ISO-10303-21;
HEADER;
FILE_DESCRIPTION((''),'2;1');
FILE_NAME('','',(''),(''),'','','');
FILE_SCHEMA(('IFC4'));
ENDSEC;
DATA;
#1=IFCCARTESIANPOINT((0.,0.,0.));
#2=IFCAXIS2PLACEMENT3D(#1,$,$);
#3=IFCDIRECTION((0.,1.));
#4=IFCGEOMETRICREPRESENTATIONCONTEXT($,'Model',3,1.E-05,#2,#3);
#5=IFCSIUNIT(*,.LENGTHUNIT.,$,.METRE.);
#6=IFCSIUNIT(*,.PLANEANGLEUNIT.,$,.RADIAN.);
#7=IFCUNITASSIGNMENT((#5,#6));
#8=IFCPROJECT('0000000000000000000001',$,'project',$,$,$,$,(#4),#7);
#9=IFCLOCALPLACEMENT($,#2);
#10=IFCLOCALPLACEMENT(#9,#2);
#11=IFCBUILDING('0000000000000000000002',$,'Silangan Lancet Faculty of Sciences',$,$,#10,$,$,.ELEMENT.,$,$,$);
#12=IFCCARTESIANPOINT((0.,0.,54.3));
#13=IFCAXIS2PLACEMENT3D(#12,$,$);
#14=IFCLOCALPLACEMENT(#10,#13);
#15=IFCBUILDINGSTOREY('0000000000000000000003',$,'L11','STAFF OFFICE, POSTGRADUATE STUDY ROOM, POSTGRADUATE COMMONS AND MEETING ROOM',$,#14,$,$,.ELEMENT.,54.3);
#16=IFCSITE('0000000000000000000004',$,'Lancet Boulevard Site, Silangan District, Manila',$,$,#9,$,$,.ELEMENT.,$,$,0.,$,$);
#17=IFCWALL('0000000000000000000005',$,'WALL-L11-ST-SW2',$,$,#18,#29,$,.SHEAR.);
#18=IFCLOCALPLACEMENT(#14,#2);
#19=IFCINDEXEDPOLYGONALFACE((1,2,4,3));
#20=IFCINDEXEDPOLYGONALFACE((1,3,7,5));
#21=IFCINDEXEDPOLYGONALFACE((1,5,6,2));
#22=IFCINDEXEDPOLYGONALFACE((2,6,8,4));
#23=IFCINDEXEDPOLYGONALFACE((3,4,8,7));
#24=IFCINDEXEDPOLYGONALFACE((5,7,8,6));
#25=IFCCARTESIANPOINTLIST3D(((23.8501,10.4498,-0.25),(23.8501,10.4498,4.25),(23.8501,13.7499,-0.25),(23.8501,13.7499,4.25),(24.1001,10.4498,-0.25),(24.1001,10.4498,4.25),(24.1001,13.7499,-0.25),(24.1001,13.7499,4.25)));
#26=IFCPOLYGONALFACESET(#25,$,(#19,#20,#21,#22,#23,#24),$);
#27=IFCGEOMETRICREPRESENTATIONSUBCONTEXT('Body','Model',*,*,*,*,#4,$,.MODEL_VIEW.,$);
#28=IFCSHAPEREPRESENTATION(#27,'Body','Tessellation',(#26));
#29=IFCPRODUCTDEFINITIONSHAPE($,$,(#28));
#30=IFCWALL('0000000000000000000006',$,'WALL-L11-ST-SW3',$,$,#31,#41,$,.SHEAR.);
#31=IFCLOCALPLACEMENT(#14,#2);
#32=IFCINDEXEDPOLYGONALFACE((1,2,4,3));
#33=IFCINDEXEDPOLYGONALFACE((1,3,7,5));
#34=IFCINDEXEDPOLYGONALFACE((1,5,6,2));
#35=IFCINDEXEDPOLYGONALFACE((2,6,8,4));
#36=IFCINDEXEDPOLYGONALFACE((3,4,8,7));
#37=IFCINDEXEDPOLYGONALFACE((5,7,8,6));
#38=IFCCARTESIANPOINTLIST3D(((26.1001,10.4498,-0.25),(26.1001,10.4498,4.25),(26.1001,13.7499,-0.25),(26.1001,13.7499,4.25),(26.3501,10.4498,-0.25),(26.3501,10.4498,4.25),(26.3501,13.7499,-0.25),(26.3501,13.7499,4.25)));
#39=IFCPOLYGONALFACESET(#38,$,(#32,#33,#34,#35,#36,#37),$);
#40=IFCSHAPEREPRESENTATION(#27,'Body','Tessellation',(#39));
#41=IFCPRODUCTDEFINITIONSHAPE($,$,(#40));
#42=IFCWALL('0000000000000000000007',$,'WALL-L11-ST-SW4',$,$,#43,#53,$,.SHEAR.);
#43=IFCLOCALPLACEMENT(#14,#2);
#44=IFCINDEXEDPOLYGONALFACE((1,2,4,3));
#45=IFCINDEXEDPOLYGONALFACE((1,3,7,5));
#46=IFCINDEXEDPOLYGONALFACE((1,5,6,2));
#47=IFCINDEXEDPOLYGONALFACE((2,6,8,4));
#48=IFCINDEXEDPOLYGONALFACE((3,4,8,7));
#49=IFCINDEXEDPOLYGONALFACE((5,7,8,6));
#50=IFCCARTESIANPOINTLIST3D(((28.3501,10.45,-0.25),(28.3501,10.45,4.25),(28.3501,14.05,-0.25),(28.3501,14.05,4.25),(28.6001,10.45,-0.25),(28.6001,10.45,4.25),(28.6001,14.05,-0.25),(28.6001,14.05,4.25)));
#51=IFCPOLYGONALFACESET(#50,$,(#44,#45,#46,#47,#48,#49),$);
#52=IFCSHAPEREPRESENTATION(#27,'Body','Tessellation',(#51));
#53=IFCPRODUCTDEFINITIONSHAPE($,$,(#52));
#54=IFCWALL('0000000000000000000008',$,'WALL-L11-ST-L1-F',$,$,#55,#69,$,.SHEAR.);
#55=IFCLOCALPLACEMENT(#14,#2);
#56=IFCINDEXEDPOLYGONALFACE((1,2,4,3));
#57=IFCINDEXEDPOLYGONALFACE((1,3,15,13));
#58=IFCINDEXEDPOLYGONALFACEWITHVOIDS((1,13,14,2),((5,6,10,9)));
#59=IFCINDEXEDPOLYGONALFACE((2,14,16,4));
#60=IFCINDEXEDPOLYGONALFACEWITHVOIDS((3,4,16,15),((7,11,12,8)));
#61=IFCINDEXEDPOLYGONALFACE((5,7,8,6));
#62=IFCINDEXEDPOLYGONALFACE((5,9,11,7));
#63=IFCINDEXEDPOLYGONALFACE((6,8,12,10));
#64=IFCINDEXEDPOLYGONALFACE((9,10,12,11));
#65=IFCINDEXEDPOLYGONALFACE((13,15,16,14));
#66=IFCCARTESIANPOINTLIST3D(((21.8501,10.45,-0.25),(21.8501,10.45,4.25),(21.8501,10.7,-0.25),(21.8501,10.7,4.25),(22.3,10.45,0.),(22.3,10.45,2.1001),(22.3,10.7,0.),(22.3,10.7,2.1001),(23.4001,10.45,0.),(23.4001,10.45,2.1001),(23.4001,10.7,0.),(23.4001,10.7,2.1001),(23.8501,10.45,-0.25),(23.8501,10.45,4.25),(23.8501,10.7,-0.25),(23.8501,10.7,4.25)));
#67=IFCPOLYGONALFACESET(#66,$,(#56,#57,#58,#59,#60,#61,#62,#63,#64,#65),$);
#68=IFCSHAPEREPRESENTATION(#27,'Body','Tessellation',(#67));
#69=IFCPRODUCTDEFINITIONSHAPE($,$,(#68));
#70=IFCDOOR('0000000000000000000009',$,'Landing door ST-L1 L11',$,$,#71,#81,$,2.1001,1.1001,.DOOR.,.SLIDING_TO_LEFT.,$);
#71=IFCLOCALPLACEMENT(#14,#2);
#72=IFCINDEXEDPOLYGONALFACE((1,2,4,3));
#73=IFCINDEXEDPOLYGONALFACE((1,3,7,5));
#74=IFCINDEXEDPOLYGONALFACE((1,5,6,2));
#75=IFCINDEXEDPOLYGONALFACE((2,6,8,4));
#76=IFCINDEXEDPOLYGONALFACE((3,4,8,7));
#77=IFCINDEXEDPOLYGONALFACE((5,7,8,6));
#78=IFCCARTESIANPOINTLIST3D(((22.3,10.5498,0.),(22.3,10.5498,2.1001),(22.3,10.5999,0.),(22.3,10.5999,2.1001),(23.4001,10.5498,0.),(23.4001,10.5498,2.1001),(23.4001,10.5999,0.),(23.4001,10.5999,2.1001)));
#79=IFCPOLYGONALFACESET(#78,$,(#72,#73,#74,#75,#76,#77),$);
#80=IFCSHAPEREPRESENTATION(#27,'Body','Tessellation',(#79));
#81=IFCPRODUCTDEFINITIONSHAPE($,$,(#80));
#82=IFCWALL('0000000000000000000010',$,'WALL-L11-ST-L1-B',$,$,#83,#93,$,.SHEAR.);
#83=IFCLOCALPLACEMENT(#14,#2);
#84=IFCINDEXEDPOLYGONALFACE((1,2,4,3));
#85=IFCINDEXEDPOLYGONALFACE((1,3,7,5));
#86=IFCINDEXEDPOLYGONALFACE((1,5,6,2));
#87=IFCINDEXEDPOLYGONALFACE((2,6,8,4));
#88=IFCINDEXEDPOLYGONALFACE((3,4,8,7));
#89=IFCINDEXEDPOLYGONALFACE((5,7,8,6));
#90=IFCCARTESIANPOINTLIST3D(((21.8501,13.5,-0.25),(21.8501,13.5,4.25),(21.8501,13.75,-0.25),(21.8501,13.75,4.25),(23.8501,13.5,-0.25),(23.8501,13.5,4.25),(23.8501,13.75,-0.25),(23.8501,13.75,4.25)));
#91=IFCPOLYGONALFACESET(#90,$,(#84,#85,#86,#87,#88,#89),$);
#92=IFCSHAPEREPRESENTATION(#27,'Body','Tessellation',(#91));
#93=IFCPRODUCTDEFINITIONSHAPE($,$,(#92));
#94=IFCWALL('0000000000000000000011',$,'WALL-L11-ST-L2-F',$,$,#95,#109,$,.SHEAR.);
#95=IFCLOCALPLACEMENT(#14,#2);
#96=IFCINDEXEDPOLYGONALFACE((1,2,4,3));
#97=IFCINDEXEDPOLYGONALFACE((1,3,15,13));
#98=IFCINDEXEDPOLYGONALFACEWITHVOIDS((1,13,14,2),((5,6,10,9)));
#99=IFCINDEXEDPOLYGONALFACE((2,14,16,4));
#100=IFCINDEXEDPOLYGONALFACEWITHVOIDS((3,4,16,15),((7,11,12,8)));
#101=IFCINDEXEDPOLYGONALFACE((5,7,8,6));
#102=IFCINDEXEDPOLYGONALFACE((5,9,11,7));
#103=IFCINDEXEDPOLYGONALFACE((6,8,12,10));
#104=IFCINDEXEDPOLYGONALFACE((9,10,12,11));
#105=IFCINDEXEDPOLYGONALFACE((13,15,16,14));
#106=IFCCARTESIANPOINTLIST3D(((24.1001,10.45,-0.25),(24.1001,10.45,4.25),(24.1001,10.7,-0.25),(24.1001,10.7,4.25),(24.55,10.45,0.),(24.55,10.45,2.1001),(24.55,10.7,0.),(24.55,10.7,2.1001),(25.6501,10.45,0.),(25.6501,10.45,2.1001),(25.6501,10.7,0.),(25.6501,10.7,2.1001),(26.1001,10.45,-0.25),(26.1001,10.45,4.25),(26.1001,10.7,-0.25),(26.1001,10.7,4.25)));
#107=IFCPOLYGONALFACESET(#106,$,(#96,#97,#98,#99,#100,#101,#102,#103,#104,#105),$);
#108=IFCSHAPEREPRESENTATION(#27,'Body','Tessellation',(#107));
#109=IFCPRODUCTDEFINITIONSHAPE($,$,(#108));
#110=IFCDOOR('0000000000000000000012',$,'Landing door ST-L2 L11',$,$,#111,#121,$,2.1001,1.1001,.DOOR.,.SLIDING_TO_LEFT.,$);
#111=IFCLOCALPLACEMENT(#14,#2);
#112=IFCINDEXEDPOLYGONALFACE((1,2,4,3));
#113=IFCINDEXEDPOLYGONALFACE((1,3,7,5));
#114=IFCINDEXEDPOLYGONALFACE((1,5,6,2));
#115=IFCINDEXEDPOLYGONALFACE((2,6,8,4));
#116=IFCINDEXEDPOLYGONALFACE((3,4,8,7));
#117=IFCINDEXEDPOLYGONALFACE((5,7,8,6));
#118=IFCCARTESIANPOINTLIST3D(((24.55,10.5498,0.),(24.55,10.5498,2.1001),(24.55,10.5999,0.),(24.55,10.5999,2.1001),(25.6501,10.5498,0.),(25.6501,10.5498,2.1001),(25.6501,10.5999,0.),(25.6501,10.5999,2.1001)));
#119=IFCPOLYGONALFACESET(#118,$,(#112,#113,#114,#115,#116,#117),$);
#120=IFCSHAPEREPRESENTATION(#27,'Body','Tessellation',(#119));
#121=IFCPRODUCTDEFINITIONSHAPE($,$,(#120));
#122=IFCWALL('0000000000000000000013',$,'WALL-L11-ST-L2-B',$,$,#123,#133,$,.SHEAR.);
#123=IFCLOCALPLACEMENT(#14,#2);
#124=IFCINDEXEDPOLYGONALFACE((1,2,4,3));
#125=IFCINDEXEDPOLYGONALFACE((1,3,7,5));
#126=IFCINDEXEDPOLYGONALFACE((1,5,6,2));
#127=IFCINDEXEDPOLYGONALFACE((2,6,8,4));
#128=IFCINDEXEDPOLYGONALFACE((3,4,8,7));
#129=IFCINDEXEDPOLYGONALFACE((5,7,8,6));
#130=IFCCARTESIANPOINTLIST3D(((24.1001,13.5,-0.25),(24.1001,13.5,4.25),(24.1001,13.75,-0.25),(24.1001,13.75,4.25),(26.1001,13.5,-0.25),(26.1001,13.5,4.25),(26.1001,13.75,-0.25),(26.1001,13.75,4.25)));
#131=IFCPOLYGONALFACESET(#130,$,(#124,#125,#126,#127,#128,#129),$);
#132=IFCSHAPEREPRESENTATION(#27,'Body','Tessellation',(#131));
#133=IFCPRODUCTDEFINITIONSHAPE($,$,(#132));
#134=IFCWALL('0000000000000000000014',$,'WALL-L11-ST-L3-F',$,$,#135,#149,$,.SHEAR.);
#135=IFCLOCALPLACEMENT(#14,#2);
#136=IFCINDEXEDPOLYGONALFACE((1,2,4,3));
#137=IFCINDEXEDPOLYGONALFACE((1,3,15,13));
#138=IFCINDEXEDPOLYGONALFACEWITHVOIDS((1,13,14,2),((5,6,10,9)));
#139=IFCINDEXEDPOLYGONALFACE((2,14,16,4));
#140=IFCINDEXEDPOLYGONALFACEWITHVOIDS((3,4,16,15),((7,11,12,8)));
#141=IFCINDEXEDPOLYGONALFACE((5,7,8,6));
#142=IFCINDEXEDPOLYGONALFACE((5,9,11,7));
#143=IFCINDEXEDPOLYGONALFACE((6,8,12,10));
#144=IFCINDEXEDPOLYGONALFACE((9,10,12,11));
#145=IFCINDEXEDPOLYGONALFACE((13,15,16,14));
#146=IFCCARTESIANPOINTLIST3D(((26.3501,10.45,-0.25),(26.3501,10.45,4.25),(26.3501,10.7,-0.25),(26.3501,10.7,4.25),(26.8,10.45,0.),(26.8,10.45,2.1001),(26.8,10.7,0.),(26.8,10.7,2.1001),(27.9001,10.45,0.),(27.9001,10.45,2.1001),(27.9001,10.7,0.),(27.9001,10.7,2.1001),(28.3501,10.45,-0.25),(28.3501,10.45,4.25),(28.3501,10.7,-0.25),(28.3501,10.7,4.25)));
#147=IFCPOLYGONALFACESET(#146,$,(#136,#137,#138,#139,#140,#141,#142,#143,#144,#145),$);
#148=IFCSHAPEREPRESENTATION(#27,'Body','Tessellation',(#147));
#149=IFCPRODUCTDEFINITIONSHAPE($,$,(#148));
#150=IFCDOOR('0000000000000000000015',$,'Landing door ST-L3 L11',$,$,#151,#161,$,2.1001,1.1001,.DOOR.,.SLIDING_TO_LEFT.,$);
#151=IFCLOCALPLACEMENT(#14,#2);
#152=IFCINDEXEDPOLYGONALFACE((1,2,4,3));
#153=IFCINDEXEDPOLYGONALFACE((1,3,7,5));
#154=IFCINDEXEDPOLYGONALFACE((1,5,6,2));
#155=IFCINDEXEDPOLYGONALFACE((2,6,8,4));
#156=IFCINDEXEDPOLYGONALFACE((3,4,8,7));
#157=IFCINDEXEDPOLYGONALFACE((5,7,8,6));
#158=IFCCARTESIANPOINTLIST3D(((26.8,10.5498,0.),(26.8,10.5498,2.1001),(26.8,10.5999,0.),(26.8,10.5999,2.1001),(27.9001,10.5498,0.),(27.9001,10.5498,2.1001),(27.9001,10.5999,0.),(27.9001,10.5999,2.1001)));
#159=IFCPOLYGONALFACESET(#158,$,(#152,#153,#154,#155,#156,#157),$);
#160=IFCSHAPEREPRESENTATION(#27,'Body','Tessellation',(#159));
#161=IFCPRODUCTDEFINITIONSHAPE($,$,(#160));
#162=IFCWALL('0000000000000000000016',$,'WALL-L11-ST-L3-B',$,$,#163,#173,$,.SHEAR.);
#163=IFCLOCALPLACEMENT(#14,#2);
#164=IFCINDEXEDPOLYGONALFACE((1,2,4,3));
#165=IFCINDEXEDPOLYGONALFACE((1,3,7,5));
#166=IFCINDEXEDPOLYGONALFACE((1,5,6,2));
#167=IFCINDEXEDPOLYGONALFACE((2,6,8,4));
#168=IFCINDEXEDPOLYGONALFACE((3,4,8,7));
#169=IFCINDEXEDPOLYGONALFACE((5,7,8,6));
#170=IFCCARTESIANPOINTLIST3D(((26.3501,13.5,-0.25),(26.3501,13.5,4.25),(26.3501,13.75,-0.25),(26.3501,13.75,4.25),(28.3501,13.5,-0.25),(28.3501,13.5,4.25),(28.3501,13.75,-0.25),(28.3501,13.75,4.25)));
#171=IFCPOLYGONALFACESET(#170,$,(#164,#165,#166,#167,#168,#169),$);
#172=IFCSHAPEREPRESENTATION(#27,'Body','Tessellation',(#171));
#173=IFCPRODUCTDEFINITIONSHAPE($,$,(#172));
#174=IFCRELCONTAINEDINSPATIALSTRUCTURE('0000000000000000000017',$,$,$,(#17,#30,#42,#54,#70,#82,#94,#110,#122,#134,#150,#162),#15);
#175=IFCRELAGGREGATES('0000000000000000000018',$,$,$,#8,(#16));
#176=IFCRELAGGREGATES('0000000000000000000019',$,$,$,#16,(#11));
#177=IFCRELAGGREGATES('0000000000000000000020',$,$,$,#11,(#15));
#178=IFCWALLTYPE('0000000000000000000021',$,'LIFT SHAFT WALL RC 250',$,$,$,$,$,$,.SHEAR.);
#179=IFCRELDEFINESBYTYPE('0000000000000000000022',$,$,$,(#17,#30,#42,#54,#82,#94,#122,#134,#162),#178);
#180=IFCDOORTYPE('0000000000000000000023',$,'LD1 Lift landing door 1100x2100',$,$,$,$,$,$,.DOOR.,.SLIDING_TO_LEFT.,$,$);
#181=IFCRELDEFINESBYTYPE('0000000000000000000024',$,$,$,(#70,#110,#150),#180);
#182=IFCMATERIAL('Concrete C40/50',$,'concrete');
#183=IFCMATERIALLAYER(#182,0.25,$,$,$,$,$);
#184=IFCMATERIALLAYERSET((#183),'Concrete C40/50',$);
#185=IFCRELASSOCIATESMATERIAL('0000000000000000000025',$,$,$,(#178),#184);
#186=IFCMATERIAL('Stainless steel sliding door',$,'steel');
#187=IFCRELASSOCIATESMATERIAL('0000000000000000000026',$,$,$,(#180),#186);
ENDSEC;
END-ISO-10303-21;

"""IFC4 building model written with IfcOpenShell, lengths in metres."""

from ifc_helpers import new_model, si_unit, direction, frame, frame_2d, origin, place, context, subcontext, project, spatial, rectangle, extrude, material, layer, layer_set, type_object, element, fill, save


model = new_model("IFC4")

# Units and contexts
model_context = context("Model", 3, precision=1e-05, world=origin(), true_north=direction((0.0, 1.0)))
body_context = subcontext(model_context, "Body", "Model", "MODEL_VIEW")
ifc_project = project(units=[si_unit("LENGTHUNIT", "METRE"), si_unit("PLANEANGLEUNIT", "RADIAN")], contexts=[model_context])

# Site, building, storey
site_placement = place(None, origin())
site = spatial("IfcSite", under=ifc_project, at=site_placement, Name="Lancet Boulevard Site, Silangan District, Manila", CompositionType="ELEMENT", RefElevation=0.0)
building_placement = place(site_placement, origin())
building = spatial("IfcBuilding", under=site, at=building_placement, Name="Silangan Lancet Faculty of Sciences", CompositionType="ELEMENT")
storey_placement = place(building_placement, frame((0.0, 0.0, 54.3)))
storey = spatial("IfcBuildingStorey", under=building, at=storey_placement, Name="L11", Description="STAFF OFFICE, POSTGRADUATE STUDY ROOM, POSTGRADUATE COMMONS AND MEETING ROOM", CompositionType="ELEMENT", Elevation=54.3)

# Walls
ifc_material_1 = material(Name="Concrete C40/50", Category="concrete")
ifc_layer_1 = layer(ifc_material_1, 0.25)
ifc_layer_set_1 = layer_set([ifc_layer_1], Name="Concrete C40/50")
wall_type_1 = type_object("IfcWallType", Name="LIFT SHAFT WALL RC 250", PredefinedType="SHEAR", material=ifc_layer_set_1)
for number, where, z_axis, x_axis, name in (
    (1, (23.9751, 10.45, -0.25), (0.0, 0.0, 1.0), (0.0, 1.0, 0.0), "WALL-L11-ST-SW2"),
    (2, (26.2251, 10.45, -0.25), (0.0, 0.0, 1.0), (0.0, 1.0, 0.0), "WALL-L11-ST-SW3"),
):
    element("IfcWall", number, at=place(storey_placement, frame(where, z_axis=z_axis, x_axis=x_axis)), inside=storey, type_object=wall_type_1, Name=name, PredefinedType="SHEAR", context=body_context, shape_type="SweptSolid", body=[
        extrude(rectangle(XDim=3.3, YDim=0.25, at=frame_2d((1.6499, 0.0))), origin(), (0.0, 0.0, 1.0), 4.5),
    ])
wall_1_placement = place(storey_placement, frame((28.4751, 10.45, -0.25), z_axis=(0.0, 0.0, 1.0), x_axis=(0.0, 1.0, 0.0)))
element("IfcWall", 3, at=wall_1_placement, inside=storey, type_object=wall_type_1, Name="WALL-L11-ST-SW4", PredefinedType="SHEAR", context=body_context, shape_type="SweptSolid", body=[
    extrude(rectangle(XDim=3.6001, YDim=0.25, at=frame_2d((1.8, 0.0))), origin(), (0.0, 0.0, 1.0), 4.5),
])

# Wall, opening, door
wall_2_placement = place(storey_placement, frame((21.8501, 10.575, -0.25), z_axis=(0.0, 0.0, 1.0), x_axis=(1.0, 0.0, 0.0)))
wall_2 = element("IfcWall", 4, at=wall_2_placement, inside=storey, type_object=wall_type_1, Name="WALL-L11-ST-L1-F", PredefinedType="SHEAR", context=body_context, shape_type="SweptSolid", body=[
    extrude(rectangle(XDim=2.0, YDim=0.25, at=frame_2d((1.0, 0.0))), origin(), (0.0, 0.0, 1.0), 4.5),
])
opening_1_placement = place(wall_2_placement, frame((0.45, 0.0, 0.25)))
opening_1 = element("IfcOpeningElement", 5, at=opening_1_placement, cuts=wall_2, PredefinedType="OPENING", context=body_context, shape_type="SweptSolid", body=[
    extrude(rectangle(XDim=1.1001, YDim=2.1001, at=frame_2d((0.55, 1.05))), frame((0.0, 0.135, 0.0), z_axis=(0.0, -1.0, 0.0), x_axis=(1.0, 0.0, 0.0)), (0.0, 0.0, 1.0), 0.27),
])
ifc_material_2 = material(Name="Stainless steel sliding door", Category="steel")
door_type = type_object("IfcDoorType", Name="LD1 Lift landing door 1100x2100", OperationType="SLIDING_TO_LEFT", PredefinedType="DOOR", material=ifc_material_2)
door_1_placement = place(opening_1_placement, origin())
door_1 = element("IfcDoor", 6, at=door_1_placement, inside=storey, type_object=door_type, Name="Landing door ST-L1 L11", OperationType="SLIDING_TO_LEFT", OverallHeight=2.1001, OverallWidth=1.1001, PredefinedType="DOOR", context=body_context, shape_type="SweptSolid", body=[
    extrude(rectangle(XDim=1.1001, YDim=2.1001, at=frame_2d((0.55, 1.05))), frame((0.0, 0.0249, 0.0), z_axis=(0.0, -1.0, 0.0), x_axis=(1.0, 0.0, 0.0)), (0.0, 0.0, 1.0), 0.05),
])
fill(opening_1, door_1)

# Wall
wall_3_placement = place(storey_placement, frame((21.8501, 13.625, -0.25), z_axis=(0.0, 0.0, 1.0), x_axis=(1.0, 0.0, 0.0)))
element("IfcWall", 7, at=wall_3_placement, inside=storey, type_object=wall_type_1, Name="WALL-L11-ST-L1-B", PredefinedType="SHEAR", context=body_context, shape_type="SweptSolid", body=[
    extrude(rectangle(XDim=2.0, YDim=0.25, at=frame_2d((1.0, 0.0))), origin(), (0.0, 0.0, 1.0), 4.5),
])

# Wall, opening, door
wall_4_placement = place(storey_placement, frame((24.1001, 10.575, -0.25), z_axis=(0.0, 0.0, 1.0), x_axis=(1.0, 0.0, 0.0)))
wall_4 = element("IfcWall", 8, at=wall_4_placement, inside=storey, type_object=wall_type_1, Name="WALL-L11-ST-L2-F", PredefinedType="SHEAR", context=body_context, shape_type="SweptSolid", body=[
    extrude(rectangle(XDim=2.0, YDim=0.25, at=frame_2d((1.0, 0.0))), origin(), (0.0, 0.0, 1.0), 4.5),
])
opening_2_placement = place(wall_4_placement, frame((0.45, 0.0, 0.25)))
opening_2 = element("IfcOpeningElement", 9, at=opening_2_placement, cuts=wall_4, PredefinedType="OPENING", context=body_context, shape_type="SweptSolid", body=[
    extrude(rectangle(XDim=1.1001, YDim=2.1001, at=frame_2d((0.55, 1.05))), frame((0.0, 0.135, 0.0), z_axis=(0.0, -1.0, 0.0), x_axis=(1.0, 0.0, 0.0)), (0.0, 0.0, 1.0), 0.27),
])
door_2_placement = place(opening_2_placement, origin())
door_2 = element("IfcDoor", 10, at=door_2_placement, inside=storey, type_object=door_type, Name="Landing door ST-L2 L11", OperationType="SLIDING_TO_LEFT", OverallHeight=2.1001, OverallWidth=1.1001, PredefinedType="DOOR", context=body_context, shape_type="SweptSolid", body=[
    extrude(rectangle(XDim=1.1001, YDim=2.1001, at=frame_2d((0.55, 1.05))), frame((0.0, 0.0249, 0.0), z_axis=(0.0, -1.0, 0.0), x_axis=(1.0, 0.0, 0.0)), (0.0, 0.0, 1.0), 0.05),
])
fill(opening_2, door_2)

# Wall
wall_5_placement = place(storey_placement, frame((24.1001, 13.625, -0.25), z_axis=(0.0, 0.0, 1.0), x_axis=(1.0, 0.0, 0.0)))
element("IfcWall", 11, at=wall_5_placement, inside=storey, type_object=wall_type_1, Name="WALL-L11-ST-L2-B", PredefinedType="SHEAR", context=body_context, shape_type="SweptSolid", body=[
    extrude(rectangle(XDim=2.0, YDim=0.25, at=frame_2d((1.0, 0.0))), origin(), (0.0, 0.0, 1.0), 4.5),
])

# Wall, opening, door
wall_6_placement = place(storey_placement, frame((26.3501, 10.575, -0.25), z_axis=(0.0, 0.0, 1.0), x_axis=(1.0, 0.0, 0.0)))
wall_6 = element("IfcWall", 12, at=wall_6_placement, inside=storey, type_object=wall_type_1, Name="WALL-L11-ST-L3-F", PredefinedType="SHEAR", context=body_context, shape_type="SweptSolid", body=[
    extrude(rectangle(XDim=2.0, YDim=0.25, at=frame_2d((1.0, 0.0))), origin(), (0.0, 0.0, 1.0), 4.5),
])
opening_3_placement = place(wall_6_placement, frame((0.45, 0.0, 0.25)))
opening_3 = element("IfcOpeningElement", 13, at=opening_3_placement, cuts=wall_6, PredefinedType="OPENING", context=body_context, shape_type="SweptSolid", body=[
    extrude(rectangle(XDim=1.1001, YDim=2.1001, at=frame_2d((0.55, 1.05))), frame((0.0, 0.135, 0.0), z_axis=(0.0, -1.0, 0.0), x_axis=(1.0, 0.0, 0.0)), (0.0, 0.0, 1.0), 0.27),
])
door_3_placement = place(opening_3_placement, origin())
door_3 = element("IfcDoor", 14, at=door_3_placement, inside=storey, type_object=door_type, Name="Landing door ST-L3 L11", OperationType="SLIDING_TO_LEFT", OverallHeight=2.1001, OverallWidth=1.1001, PredefinedType="DOOR", context=body_context, shape_type="SweptSolid", body=[
    extrude(rectangle(XDim=1.1001, YDim=2.1001, at=frame_2d((0.55, 1.05))), frame((0.0, 0.0249, 0.0), z_axis=(0.0, -1.0, 0.0), x_axis=(1.0, 0.0, 0.0)), (0.0, 0.0, 1.0), 0.05),
])
fill(opening_3, door_3)

# Wall
wall_7_placement = place(storey_placement, frame((26.3501, 13.625, -0.25), z_axis=(0.0, 0.0, 1.0), x_axis=(1.0, 0.0, 0.0)))
element("IfcWall", 15, at=wall_7_placement, inside=storey, type_object=wall_type_1, Name="WALL-L11-ST-L3-B", PredefinedType="SHEAR", context=body_context, shape_type="SweptSolid", body=[
    extrude(rectangle(XDim=2.0, YDim=0.25, at=frame_2d((1.0, 0.0))), origin(), (0.0, 0.0, 1.0), 4.5),
])

save(model, "model.ifc")
